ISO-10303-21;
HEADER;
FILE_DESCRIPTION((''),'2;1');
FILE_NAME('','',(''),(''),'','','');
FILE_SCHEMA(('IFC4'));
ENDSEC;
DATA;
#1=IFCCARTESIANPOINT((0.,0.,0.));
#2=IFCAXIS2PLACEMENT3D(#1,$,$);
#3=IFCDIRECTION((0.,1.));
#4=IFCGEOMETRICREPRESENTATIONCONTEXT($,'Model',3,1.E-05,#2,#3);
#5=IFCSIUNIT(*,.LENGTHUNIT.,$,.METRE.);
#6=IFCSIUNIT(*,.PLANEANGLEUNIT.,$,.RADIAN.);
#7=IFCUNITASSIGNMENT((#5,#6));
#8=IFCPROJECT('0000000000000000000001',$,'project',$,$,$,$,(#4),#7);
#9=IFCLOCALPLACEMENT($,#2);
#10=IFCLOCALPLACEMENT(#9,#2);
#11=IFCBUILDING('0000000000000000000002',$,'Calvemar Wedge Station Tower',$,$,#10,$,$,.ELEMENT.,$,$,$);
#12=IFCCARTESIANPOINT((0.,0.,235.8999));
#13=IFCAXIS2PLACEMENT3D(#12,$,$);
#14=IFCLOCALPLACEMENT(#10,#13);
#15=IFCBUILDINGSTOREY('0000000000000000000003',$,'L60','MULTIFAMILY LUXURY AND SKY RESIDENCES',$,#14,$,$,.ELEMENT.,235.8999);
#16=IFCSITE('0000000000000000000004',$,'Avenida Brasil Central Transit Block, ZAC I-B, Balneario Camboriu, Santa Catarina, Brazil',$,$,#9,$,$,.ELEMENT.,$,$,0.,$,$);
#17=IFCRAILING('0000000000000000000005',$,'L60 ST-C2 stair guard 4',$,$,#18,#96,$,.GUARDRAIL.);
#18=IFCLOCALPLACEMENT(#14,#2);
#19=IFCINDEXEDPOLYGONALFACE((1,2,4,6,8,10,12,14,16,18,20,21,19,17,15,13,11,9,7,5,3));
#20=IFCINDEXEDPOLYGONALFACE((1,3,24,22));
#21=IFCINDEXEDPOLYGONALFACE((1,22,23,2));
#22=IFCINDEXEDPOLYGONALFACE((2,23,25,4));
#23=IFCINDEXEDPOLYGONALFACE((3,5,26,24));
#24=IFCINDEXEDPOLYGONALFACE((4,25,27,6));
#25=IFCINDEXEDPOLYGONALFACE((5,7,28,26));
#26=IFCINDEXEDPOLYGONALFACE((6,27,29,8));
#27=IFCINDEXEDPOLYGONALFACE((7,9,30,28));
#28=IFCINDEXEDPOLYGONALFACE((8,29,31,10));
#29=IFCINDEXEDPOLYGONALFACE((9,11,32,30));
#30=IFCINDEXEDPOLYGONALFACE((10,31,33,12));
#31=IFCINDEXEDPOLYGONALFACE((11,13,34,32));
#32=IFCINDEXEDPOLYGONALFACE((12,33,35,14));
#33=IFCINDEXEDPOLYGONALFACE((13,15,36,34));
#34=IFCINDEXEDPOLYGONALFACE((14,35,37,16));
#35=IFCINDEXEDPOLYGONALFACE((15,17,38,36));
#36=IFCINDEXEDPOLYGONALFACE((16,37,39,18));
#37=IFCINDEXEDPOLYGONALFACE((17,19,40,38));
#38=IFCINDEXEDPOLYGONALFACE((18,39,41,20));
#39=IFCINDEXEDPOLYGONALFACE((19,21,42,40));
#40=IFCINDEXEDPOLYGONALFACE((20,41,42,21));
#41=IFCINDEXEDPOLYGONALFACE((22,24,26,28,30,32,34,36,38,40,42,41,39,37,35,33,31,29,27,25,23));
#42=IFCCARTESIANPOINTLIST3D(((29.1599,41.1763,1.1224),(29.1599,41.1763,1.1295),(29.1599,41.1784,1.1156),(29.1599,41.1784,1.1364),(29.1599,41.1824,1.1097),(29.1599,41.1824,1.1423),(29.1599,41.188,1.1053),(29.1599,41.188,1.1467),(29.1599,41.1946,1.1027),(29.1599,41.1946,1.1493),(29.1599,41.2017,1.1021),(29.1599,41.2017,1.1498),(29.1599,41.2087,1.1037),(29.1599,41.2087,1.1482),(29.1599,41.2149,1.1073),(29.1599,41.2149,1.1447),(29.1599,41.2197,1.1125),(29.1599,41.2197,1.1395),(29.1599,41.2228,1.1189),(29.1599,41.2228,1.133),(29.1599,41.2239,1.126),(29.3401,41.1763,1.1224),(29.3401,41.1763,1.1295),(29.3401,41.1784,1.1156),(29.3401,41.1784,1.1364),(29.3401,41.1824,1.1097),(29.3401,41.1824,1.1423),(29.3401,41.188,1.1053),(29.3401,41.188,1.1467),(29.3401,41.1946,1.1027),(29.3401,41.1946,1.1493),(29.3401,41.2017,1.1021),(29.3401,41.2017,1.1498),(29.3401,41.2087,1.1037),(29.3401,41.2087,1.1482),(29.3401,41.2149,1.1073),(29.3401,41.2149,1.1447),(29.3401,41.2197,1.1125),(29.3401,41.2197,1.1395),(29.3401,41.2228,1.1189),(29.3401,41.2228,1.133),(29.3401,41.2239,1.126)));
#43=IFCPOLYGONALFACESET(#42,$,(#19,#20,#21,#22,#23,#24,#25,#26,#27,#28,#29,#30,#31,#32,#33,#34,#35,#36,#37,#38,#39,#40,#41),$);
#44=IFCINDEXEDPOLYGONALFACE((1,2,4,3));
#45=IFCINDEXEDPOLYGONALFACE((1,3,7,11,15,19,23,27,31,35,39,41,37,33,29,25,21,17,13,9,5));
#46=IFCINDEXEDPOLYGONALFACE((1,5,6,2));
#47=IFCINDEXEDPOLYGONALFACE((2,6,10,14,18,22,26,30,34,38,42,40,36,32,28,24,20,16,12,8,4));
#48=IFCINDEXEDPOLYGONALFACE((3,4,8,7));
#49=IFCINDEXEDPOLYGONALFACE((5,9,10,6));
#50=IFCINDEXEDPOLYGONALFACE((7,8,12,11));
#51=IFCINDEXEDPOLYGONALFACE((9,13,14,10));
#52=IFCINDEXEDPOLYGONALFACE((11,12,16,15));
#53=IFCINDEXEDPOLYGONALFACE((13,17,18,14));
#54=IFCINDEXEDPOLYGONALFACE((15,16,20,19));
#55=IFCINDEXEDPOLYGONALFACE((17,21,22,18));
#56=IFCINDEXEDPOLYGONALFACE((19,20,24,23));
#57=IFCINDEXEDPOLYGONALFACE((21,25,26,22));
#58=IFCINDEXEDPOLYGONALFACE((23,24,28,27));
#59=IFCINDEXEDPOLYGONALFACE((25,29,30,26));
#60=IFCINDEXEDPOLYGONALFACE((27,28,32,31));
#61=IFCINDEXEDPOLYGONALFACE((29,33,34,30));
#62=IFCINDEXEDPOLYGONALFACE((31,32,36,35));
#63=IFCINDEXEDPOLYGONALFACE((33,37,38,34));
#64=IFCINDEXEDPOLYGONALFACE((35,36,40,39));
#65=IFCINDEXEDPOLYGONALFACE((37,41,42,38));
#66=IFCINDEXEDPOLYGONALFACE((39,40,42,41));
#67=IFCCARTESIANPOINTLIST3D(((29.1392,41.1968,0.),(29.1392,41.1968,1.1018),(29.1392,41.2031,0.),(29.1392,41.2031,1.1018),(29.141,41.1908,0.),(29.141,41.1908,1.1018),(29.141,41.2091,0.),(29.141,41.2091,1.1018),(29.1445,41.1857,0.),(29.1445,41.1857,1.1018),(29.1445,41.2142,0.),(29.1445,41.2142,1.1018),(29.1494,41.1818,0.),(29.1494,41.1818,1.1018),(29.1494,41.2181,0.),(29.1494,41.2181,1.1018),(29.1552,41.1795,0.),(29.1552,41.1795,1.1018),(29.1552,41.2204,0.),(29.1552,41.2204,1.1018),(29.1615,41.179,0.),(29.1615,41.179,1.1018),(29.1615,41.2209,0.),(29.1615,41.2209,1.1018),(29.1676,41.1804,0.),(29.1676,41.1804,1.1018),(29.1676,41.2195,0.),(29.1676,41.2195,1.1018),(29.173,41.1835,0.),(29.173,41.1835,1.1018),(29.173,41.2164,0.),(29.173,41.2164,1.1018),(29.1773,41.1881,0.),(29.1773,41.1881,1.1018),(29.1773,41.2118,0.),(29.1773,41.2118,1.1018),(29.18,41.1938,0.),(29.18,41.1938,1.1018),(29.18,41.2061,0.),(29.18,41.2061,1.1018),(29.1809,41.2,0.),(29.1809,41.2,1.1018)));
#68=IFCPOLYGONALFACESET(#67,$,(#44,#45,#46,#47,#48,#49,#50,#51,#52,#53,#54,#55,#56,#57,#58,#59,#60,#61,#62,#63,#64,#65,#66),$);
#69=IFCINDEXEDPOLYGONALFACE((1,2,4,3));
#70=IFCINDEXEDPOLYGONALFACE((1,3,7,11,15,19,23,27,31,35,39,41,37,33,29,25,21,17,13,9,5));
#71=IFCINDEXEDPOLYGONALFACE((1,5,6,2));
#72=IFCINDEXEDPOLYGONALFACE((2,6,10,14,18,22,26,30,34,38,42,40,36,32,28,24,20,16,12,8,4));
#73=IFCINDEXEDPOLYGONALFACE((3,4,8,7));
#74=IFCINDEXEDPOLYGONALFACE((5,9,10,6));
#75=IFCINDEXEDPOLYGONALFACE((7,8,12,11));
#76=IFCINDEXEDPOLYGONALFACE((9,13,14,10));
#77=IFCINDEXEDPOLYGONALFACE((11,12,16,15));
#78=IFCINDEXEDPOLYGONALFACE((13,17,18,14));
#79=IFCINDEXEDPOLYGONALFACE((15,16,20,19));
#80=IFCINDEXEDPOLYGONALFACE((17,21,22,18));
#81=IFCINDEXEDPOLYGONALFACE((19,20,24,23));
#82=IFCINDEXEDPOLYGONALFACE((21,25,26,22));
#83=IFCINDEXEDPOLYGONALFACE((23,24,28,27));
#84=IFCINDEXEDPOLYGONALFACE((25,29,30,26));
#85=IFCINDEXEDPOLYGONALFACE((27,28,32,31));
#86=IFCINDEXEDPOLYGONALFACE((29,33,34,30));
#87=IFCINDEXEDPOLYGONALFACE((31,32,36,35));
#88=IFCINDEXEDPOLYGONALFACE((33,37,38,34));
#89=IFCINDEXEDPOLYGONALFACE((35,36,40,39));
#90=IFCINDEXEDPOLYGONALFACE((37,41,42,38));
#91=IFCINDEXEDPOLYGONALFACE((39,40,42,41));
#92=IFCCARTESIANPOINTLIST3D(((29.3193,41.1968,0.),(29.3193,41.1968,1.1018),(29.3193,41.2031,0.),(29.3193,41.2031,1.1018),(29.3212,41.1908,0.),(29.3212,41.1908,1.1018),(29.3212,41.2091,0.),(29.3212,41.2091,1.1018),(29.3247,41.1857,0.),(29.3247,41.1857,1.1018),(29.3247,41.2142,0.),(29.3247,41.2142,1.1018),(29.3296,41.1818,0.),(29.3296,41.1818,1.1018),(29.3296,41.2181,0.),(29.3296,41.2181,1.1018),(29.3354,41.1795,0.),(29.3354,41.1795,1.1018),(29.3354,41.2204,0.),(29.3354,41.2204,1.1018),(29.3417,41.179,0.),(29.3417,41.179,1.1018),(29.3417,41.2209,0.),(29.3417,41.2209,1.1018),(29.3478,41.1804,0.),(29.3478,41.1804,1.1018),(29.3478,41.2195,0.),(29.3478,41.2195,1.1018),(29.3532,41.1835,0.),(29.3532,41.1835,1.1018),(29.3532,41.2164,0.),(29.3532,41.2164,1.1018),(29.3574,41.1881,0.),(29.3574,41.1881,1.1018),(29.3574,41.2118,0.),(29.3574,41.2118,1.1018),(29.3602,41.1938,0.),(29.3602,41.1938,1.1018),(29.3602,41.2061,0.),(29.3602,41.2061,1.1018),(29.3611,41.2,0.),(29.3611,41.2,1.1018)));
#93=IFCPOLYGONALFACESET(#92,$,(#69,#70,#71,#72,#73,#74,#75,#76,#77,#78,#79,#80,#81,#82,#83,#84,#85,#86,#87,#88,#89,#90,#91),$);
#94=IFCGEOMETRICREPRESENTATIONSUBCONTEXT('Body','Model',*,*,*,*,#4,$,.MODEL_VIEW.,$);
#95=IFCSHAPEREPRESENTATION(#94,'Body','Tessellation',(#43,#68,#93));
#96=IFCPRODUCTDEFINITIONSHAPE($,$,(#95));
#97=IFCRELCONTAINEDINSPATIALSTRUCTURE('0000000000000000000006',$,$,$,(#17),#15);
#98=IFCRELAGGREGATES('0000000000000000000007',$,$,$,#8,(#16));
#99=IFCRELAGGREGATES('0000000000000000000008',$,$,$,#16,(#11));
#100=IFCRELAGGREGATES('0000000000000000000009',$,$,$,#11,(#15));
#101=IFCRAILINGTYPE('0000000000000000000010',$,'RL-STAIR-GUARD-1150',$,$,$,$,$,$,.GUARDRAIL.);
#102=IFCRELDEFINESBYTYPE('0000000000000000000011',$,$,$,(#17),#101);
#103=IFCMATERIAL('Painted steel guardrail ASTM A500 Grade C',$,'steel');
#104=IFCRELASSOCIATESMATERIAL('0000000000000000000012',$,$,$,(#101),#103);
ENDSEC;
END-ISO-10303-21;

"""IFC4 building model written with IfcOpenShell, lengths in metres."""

from ifc_helpers import new_model, si_unit, direction, frame, origin, origin_2d, place, context, subcontext, project, spatial, circle, extrude, material, type_object, element, save


model = new_model("IFC4")

# Units and contexts
model_context = context("Model", 3, precision=1e-05, world=origin(), true_north=direction((0.0, 1.0)))
body_context = subcontext(model_context, "Body", "Model", "MODEL_VIEW")
ifc_project = project(units=[si_unit("LENGTHUNIT", "METRE"), si_unit("PLANEANGLEUNIT", "RADIAN")], contexts=[model_context])

# Site, building, storey
site_placement = place(None, origin())
site = spatial("IfcSite", under=ifc_project, at=site_placement, Name="Avenida Brasil Central Transit Block, ZAC I-B, Balneario Camboriu, Santa Catarina, Brazil", CompositionType="ELEMENT", RefElevation=0.0)
building_placement = place(site_placement, origin())
building = spatial("IfcBuilding", under=site, at=building_placement, Name="Calvemar Wedge Station Tower", CompositionType="ELEMENT")
storey_placement = place(building_placement, frame((0.0, 0.0, 235.8999)))
storey = spatial("IfcBuildingStorey", under=building, at=storey_placement, Name="L60", Description="MULTIFAMILY LUXURY AND SKY RESIDENCES", CompositionType="ELEMENT", Elevation=235.8999)

# Railing
ifc_material_1 = material(Name="Painted steel guardrail ASTM A500 Grade C", Category="steel")
railing_type_1 = type_object("IfcRailingType", Name="RL-STAIR-GUARD-1150", PredefinedType="GUARDRAIL", material=ifc_material_1)
railing_1_placement = place(storey_placement, frame((29.1599, 41.2, 0.0)))
element("IfcRailing", 1, at=railing_1_placement, inside=storey, type_object=railing_type_1, Name="L60 ST-C2 stair guard 4", PredefinedType="GUARDRAIL", context=body_context, shape_type="SweptSolid", body=[
    extrude(circle(Radius=0.0239, at=origin_2d()), frame((0.0, 0.0, 1.126), z_axis=(1.0, 0.0, 0.0), x_axis=(0.0, 1.0, 0.0)), (0.0, 0.0, 1.0), 0.1802),
    extrude(circle(Radius=0.021, at=origin_2d()), origin(), (0.0, 0.0, 1.0), 1.1018),
    extrude(circle(Radius=0.021, at=origin_2d()), frame((0.1802, 0.0, 0.0)), (0.0, 0.0, 1.0), 1.1018),
])

save(model, "model.ifc")
